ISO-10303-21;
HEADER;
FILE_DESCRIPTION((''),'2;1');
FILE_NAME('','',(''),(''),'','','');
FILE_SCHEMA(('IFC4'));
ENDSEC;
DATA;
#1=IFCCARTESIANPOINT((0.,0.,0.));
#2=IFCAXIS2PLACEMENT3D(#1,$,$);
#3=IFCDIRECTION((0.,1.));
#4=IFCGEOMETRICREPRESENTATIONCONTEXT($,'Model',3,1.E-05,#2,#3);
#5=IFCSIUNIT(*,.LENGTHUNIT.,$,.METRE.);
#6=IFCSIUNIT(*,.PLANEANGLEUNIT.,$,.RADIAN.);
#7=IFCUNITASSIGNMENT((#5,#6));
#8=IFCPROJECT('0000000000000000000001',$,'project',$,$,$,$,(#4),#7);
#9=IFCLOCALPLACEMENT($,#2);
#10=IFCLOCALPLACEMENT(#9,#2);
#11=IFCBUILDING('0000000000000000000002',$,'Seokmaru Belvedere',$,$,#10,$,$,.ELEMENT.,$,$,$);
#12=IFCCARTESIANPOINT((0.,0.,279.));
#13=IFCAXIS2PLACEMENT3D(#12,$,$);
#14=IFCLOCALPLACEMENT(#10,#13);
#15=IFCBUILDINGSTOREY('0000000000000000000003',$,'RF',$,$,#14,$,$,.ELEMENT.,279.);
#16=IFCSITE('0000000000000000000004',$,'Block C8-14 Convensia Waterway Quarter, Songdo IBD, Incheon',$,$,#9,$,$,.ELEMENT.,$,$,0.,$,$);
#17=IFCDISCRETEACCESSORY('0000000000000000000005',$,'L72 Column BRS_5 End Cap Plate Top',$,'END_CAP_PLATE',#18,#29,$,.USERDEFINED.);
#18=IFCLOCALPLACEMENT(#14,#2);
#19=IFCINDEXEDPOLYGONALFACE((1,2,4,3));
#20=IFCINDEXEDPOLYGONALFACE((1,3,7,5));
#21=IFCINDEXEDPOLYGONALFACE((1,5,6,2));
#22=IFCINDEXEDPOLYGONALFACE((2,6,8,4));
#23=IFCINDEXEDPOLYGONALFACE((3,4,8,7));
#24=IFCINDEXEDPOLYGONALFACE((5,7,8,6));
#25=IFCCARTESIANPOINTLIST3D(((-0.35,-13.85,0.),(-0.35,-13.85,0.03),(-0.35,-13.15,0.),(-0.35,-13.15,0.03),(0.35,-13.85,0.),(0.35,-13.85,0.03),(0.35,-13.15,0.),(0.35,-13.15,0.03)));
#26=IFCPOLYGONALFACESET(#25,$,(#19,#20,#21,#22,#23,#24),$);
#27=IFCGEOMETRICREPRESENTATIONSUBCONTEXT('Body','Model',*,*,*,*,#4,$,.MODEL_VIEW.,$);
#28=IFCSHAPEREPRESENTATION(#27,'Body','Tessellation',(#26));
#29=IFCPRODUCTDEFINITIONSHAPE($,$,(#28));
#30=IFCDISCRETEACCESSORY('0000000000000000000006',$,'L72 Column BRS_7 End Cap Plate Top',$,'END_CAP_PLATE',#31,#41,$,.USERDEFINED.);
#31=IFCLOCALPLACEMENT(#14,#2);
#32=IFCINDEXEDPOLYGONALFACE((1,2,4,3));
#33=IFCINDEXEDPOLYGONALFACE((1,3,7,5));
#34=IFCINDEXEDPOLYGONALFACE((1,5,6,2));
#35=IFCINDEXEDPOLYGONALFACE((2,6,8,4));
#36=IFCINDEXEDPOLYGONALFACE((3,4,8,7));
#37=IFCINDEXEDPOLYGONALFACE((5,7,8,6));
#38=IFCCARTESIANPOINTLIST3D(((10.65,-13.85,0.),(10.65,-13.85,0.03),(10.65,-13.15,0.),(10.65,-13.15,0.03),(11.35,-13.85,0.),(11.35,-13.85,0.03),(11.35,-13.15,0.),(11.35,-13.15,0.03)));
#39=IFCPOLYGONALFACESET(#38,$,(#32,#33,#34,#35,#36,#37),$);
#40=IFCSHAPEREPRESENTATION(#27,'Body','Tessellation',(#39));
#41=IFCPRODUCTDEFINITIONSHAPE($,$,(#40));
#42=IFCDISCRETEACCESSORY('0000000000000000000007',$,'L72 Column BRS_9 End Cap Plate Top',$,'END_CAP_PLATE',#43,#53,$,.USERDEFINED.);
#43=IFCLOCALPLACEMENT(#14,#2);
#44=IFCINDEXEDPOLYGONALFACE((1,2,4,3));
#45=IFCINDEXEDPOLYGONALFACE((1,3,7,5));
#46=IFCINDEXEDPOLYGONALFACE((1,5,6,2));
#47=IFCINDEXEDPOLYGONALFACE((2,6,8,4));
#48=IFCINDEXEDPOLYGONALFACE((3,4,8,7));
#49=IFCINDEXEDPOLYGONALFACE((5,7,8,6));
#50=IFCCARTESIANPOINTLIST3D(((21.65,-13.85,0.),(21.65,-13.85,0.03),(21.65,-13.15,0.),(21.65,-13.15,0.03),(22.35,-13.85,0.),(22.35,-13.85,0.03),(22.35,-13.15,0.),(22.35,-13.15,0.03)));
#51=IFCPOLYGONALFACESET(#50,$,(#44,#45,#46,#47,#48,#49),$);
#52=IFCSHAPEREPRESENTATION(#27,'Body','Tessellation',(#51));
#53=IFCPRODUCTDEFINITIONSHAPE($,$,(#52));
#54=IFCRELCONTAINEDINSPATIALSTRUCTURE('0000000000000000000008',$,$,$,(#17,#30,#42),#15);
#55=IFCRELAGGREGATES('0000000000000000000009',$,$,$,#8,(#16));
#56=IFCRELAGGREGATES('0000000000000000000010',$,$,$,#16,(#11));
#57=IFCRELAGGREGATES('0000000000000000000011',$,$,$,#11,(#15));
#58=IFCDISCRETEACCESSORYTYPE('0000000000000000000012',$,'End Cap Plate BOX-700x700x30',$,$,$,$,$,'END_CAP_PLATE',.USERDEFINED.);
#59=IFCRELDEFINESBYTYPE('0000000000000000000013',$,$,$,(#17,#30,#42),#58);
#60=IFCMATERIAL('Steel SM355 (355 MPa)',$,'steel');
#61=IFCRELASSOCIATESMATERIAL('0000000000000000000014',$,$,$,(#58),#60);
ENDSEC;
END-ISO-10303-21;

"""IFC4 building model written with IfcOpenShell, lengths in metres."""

from ifc_helpers import new_model, si_unit, direction, frame, origin, origin_2d, place, context, subcontext, project, spatial, rectangle, extrude, source, transform, mapped, material, type_object, type_shapes, element, save


model = new_model("IFC4")

# Units and contexts
model_context = context("Model", 3, precision=1e-05, world=origin(), true_north=direction((0.0, 1.0)))
body_context = subcontext(model_context, "Body", "Model", "MODEL_VIEW")
ifc_project = project(units=[si_unit("LENGTHUNIT", "METRE"), si_unit("PLANEANGLEUNIT", "RADIAN")], contexts=[model_context])

# Site, building, storey
site_placement = place(None, origin())
site = spatial("IfcSite", under=ifc_project, at=site_placement, Name="Block C8-14 Convensia Waterway Quarter, Songdo IBD, Incheon", CompositionType="ELEMENT", RefElevation=0.0)
building_placement = place(site_placement, origin())
building = spatial("IfcBuilding", under=site, at=building_placement, Name="Seokmaru Belvedere", CompositionType="ELEMENT")
storey_placement = place(building_placement, frame((0.0, 0.0, 279.0)))
storey = spatial("IfcBuildingStorey", under=building, at=storey_placement, Name="RF", CompositionType="ELEMENT", Elevation=279.0)

# Shared definitions
ifc_material_1 = material(Name="Steel SM355 (355 MPa)", Category="steel")

# Discrete accessories
discrete_accessory_type_1 = type_object("IfcDiscreteAccessoryType", Name="End Cap Plate BOX-700x700x30", ElementType="END_CAP_PLATE", PredefinedType="USERDEFINED", material=ifc_material_1)
shared_shape_1 = source(origin(), body_context, "Body", "SweptSolid", [
    extrude(rectangle(XDim=0.7, YDim=0.7, at=origin_2d()), origin(), (0.0, 0.0, 1.0), 0.03),
])
type_shapes(discrete_accessory_type_1, [shared_shape_1])
for number, where, z_axis, x_axis, name in (
    (1, (0.0, -13.5, 0.0), (0.0, 0.0, 1.0), (1.0, 0.0, 0.0), "L72 Column BRS_5 End Cap Plate Top"),
    (2, (11.0, -13.5, 0.0), (0.0, 0.0, 1.0), (1.0, 0.0, 0.0), "L72 Column BRS_7 End Cap Plate Top"),
    (3, (22.0, -13.5, 0.0), (0.0, 0.0, 1.0), (1.0, 0.0, 0.0), "L72 Column BRS_9 End Cap Plate Top"),
):
    element("IfcDiscreteAccessory", number, at=place(storey_placement, frame(where, z_axis=z_axis, x_axis=x_axis)), inside=storey, type_object=discrete_accessory_type_1, Name=name, ObjectType="END_CAP_PLATE", PredefinedType="USERDEFINED", context=body_context, shape_type="MappedRepresentation", body=[
        mapped(shared_shape_1, transform((0.0, 0.0, 0.0), scale=1.0)),
    ])

save(model, "model.ifc")
